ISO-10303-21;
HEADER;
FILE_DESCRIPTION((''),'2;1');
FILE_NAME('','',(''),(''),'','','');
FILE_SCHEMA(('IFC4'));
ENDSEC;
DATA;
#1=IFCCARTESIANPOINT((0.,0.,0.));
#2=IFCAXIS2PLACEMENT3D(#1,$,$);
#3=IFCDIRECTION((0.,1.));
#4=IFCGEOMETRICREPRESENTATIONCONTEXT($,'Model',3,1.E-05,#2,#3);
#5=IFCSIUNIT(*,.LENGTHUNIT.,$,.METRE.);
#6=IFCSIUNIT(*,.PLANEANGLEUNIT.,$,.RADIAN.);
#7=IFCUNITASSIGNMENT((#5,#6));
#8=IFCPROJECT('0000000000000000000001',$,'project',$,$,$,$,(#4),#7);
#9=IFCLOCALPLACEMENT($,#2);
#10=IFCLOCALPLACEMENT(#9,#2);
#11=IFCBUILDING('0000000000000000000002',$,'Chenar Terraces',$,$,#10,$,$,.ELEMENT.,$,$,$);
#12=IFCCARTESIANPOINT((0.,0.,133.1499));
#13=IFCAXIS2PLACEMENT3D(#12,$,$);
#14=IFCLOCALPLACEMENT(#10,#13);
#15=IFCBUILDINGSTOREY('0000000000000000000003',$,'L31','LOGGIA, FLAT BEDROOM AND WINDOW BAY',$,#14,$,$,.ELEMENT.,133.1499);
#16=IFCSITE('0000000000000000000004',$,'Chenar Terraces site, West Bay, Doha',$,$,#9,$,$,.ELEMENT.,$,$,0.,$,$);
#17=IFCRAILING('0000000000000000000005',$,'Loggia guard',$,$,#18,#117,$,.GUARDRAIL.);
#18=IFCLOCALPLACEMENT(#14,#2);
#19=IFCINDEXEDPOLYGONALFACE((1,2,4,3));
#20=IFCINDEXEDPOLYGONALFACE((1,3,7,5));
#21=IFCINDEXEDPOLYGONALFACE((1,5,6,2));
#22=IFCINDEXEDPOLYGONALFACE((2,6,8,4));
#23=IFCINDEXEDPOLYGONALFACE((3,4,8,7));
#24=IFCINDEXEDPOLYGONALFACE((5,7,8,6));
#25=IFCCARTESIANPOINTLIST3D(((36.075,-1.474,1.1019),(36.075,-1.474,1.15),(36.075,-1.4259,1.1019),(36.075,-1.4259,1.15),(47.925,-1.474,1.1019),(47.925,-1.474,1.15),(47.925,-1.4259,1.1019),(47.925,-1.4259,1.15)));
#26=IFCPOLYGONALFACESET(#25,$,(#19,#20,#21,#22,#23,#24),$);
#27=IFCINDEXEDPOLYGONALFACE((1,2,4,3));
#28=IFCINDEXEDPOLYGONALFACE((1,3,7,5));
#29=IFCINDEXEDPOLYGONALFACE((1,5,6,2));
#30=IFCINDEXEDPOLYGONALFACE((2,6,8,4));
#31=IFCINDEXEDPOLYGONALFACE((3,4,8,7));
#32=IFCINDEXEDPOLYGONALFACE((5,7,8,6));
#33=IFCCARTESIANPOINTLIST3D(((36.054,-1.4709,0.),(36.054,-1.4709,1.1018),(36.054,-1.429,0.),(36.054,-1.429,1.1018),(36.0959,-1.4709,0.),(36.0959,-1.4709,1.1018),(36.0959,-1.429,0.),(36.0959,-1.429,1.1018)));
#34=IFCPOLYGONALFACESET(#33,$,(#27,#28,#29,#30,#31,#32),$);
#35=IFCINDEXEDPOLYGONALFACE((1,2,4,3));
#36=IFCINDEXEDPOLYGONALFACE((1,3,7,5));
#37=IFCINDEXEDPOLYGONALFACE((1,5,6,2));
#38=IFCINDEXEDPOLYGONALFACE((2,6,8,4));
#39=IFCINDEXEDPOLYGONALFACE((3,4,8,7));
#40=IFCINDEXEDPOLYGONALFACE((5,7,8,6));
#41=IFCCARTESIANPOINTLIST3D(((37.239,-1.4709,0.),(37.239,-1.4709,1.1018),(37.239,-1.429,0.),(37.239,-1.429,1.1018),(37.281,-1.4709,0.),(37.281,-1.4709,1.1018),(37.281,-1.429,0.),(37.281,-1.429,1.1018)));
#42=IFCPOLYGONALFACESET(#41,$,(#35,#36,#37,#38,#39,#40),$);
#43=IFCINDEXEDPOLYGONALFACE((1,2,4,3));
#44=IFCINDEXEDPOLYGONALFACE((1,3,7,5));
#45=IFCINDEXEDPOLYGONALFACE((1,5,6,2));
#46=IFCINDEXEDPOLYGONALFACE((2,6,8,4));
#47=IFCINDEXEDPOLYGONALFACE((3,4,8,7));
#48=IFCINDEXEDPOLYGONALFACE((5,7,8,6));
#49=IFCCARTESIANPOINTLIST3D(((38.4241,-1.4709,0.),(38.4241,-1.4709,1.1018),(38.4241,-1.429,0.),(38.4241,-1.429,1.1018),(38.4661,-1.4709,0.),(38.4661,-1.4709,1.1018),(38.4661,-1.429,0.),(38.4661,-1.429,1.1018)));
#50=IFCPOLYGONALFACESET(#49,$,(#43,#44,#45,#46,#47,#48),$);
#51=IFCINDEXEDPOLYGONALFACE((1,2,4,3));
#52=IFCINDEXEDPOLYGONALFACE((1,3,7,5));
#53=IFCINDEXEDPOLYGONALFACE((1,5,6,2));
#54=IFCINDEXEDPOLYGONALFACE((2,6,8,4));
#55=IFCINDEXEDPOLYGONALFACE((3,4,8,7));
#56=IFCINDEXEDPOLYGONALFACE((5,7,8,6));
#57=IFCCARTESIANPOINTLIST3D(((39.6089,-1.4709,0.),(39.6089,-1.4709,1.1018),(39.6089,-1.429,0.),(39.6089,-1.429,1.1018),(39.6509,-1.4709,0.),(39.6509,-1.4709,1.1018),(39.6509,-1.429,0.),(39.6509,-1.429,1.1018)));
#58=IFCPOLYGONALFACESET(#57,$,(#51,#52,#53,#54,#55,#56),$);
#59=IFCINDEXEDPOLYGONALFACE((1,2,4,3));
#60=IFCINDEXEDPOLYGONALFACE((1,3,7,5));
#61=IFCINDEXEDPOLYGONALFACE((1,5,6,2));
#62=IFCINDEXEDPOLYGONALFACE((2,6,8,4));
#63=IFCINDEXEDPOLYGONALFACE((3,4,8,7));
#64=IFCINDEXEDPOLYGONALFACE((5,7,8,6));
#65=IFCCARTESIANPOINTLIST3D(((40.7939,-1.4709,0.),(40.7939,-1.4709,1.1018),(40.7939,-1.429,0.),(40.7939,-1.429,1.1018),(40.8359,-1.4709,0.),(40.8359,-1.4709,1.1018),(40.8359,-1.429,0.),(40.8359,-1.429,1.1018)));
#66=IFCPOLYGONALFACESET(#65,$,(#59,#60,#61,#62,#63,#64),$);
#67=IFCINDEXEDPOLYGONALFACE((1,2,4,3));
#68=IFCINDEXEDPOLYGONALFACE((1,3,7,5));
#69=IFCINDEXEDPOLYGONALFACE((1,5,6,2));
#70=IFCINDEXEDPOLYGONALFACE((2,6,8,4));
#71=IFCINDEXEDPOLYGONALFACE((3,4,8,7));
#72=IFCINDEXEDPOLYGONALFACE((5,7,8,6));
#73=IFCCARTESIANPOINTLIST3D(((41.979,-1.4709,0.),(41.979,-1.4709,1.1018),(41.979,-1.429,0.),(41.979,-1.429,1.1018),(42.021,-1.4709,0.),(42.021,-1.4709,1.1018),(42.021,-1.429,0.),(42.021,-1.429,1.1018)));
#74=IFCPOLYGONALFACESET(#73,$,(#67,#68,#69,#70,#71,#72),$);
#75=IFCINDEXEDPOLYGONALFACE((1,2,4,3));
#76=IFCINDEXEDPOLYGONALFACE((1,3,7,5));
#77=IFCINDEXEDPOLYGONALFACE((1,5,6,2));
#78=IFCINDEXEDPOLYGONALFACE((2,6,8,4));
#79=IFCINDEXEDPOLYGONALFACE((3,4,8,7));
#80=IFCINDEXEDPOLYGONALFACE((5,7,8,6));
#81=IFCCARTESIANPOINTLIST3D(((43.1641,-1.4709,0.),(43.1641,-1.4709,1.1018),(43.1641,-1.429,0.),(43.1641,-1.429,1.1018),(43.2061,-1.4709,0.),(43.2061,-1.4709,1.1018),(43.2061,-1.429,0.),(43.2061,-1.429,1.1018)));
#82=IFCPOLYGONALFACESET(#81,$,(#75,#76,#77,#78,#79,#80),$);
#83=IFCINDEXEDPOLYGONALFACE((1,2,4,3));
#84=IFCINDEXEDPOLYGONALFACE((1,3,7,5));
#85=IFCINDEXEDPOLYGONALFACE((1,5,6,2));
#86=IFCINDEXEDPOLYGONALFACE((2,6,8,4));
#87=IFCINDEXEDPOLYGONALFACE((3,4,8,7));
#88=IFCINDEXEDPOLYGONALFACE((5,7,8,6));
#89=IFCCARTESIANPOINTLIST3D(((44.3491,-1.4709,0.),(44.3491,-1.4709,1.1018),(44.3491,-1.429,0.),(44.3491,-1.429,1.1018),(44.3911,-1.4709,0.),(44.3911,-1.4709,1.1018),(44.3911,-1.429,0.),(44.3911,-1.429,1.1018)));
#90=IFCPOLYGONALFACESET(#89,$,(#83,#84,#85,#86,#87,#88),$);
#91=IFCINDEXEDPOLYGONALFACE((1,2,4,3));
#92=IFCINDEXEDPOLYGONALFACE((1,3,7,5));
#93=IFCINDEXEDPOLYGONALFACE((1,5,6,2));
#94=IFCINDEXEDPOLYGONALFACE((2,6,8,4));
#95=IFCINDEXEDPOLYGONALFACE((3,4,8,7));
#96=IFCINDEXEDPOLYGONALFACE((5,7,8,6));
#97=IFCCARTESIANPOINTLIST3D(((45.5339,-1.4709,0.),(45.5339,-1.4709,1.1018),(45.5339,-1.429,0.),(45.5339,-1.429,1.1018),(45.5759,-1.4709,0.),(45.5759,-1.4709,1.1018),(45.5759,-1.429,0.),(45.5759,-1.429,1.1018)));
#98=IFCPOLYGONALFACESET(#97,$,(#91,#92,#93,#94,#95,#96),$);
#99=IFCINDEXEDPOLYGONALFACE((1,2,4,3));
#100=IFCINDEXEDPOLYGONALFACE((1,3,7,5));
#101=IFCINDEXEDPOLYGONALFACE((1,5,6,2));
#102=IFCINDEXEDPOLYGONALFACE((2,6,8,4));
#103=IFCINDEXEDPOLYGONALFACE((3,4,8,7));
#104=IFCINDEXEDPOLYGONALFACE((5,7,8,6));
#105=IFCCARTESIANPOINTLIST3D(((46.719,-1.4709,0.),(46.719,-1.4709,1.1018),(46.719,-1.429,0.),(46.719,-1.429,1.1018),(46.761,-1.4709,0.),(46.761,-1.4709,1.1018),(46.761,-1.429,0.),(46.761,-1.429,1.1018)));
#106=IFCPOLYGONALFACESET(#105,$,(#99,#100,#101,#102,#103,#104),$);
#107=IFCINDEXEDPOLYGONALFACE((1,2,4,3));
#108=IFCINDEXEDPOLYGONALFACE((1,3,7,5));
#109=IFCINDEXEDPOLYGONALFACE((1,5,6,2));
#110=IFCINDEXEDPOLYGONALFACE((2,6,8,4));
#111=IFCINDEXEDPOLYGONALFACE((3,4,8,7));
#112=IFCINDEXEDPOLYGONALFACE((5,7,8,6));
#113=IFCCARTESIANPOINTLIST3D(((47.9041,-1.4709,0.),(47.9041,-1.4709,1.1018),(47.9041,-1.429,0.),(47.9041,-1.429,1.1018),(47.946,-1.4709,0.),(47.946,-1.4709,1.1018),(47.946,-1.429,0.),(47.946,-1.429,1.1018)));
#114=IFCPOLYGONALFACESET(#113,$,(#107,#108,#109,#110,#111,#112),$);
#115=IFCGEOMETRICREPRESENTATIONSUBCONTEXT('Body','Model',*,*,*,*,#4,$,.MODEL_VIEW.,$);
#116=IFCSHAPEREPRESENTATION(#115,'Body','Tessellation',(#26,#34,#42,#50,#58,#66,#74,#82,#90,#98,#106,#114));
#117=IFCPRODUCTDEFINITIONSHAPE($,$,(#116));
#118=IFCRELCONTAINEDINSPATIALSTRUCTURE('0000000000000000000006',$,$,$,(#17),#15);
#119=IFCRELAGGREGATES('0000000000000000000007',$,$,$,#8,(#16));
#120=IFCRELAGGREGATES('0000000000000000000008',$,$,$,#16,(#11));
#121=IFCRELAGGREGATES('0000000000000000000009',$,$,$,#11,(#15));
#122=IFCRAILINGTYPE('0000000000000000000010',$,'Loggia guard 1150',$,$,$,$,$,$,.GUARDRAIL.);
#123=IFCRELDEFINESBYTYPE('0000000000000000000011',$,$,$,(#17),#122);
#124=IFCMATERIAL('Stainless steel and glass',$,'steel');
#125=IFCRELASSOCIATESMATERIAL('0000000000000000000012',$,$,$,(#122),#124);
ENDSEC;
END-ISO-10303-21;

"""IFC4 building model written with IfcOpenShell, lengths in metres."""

from ifc_helpers import new_model, si_unit, direction, frame, origin, origin_2d, place, context, subcontext, project, spatial, rectangle, extrude, material, type_object, element, save


model = new_model("IFC4")

# Units and contexts
model_context = context("Model", 3, precision=1e-05, world=origin(), true_north=direction((0.0, 1.0)))
body_context = subcontext(model_context, "Body", "Model", "MODEL_VIEW")
ifc_project = project(units=[si_unit("LENGTHUNIT", "METRE"), si_unit("PLANEANGLEUNIT", "RADIAN")], contexts=[model_context])

# Site, building, storey
site_placement = place(None, origin())
site = spatial("IfcSite", under=ifc_project, at=site_placement, Name="Chenar Terraces site, West Bay, Doha", CompositionType="ELEMENT", RefElevation=0.0)
building_placement = place(site_placement, origin())
building = spatial("IfcBuilding", under=site, at=building_placement, Name="Chenar Terraces", CompositionType="ELEMENT")
storey_placement = place(building_placement, frame((0.0, 0.0, 133.1499)))
storey = spatial("IfcBuildingStorey", under=building, at=storey_placement, Name="L31", Description="LOGGIA, FLAT BEDROOM AND WINDOW BAY", CompositionType="ELEMENT", Elevation=133.1499)

# Railing
ifc_material_1 = material(Name="Stainless steel and glass", Category="steel")
railing_type = type_object("IfcRailingType", Name="Loggia guard 1150", PredefinedType="GUARDRAIL", material=ifc_material_1)
railing_placement = place(storey_placement, frame((36.075, -1.45, 0.0)))
element("IfcRailing", 1, at=railing_placement, inside=storey, type_object=railing_type, Name="Loggia guard", PredefinedType="GUARDRAIL", context=body_context, shape_type="SweptSolid", body=[
    extrude(rectangle(XDim=0.0481, YDim=0.0481, at=origin_2d()), frame((0.0, 0.0, 1.126), z_axis=(1.0, 0.0, 0.0), x_axis=(0.0, 1.0, 0.0)), (0.0, 0.0, 1.0), 11.8501),
    extrude(rectangle(XDim=0.042, YDim=0.042, at=origin_2d()), origin(), (0.0, 0.0, 1.0), 1.1018),
    extrude(rectangle(XDim=0.042, YDim=0.042, at=origin_2d()), frame((1.1851, 0.0, 0.0)), (0.0, 0.0, 1.0), 1.1018),
    extrude(rectangle(XDim=0.042, YDim=0.042, at=origin_2d()), frame((2.3701, 0.0, 0.0)), (0.0, 0.0, 1.0), 1.1018),
    extrude(rectangle(XDim=0.042, YDim=0.042, at=origin_2d()), frame((3.5549, 0.0, 0.0)), (0.0, 0.0, 1.0), 1.1018),
    extrude(rectangle(XDim=0.042, YDim=0.042, at=origin_2d()), frame((4.74, 0.0, 0.0)), (0.0, 0.0, 1.0), 1.1018),
    extrude(rectangle(XDim=0.042, YDim=0.042, at=origin_2d()), frame((5.925, 0.0, 0.0)), (0.0, 0.0, 1.0), 1.1018),
    extrude(rectangle(XDim=0.042, YDim=0.042, at=origin_2d()), frame((7.1101, 0.0, 0.0)), (0.0, 0.0, 1.0), 1.1018),
    extrude(rectangle(XDim=0.042, YDim=0.042, at=origin_2d()), frame((8.2952, 0.0, 0.0)), (0.0, 0.0, 1.0), 1.1018),
    extrude(rectangle(XDim=0.042, YDim=0.042, at=origin_2d()), frame((9.48, 0.0, 0.0)), (0.0, 0.0, 1.0), 1.1018),
    extrude(rectangle(XDim=0.042, YDim=0.042, at=origin_2d()), frame((10.665, 0.0, 0.0)), (0.0, 0.0, 1.0), 1.1018),
    extrude(rectangle(XDim=0.042, YDim=0.042, at=origin_2d()), frame((11.8501, 0.0, 0.0)), (0.0, 0.0, 1.0), 1.1018),
])

save(model, "model.ifc")
